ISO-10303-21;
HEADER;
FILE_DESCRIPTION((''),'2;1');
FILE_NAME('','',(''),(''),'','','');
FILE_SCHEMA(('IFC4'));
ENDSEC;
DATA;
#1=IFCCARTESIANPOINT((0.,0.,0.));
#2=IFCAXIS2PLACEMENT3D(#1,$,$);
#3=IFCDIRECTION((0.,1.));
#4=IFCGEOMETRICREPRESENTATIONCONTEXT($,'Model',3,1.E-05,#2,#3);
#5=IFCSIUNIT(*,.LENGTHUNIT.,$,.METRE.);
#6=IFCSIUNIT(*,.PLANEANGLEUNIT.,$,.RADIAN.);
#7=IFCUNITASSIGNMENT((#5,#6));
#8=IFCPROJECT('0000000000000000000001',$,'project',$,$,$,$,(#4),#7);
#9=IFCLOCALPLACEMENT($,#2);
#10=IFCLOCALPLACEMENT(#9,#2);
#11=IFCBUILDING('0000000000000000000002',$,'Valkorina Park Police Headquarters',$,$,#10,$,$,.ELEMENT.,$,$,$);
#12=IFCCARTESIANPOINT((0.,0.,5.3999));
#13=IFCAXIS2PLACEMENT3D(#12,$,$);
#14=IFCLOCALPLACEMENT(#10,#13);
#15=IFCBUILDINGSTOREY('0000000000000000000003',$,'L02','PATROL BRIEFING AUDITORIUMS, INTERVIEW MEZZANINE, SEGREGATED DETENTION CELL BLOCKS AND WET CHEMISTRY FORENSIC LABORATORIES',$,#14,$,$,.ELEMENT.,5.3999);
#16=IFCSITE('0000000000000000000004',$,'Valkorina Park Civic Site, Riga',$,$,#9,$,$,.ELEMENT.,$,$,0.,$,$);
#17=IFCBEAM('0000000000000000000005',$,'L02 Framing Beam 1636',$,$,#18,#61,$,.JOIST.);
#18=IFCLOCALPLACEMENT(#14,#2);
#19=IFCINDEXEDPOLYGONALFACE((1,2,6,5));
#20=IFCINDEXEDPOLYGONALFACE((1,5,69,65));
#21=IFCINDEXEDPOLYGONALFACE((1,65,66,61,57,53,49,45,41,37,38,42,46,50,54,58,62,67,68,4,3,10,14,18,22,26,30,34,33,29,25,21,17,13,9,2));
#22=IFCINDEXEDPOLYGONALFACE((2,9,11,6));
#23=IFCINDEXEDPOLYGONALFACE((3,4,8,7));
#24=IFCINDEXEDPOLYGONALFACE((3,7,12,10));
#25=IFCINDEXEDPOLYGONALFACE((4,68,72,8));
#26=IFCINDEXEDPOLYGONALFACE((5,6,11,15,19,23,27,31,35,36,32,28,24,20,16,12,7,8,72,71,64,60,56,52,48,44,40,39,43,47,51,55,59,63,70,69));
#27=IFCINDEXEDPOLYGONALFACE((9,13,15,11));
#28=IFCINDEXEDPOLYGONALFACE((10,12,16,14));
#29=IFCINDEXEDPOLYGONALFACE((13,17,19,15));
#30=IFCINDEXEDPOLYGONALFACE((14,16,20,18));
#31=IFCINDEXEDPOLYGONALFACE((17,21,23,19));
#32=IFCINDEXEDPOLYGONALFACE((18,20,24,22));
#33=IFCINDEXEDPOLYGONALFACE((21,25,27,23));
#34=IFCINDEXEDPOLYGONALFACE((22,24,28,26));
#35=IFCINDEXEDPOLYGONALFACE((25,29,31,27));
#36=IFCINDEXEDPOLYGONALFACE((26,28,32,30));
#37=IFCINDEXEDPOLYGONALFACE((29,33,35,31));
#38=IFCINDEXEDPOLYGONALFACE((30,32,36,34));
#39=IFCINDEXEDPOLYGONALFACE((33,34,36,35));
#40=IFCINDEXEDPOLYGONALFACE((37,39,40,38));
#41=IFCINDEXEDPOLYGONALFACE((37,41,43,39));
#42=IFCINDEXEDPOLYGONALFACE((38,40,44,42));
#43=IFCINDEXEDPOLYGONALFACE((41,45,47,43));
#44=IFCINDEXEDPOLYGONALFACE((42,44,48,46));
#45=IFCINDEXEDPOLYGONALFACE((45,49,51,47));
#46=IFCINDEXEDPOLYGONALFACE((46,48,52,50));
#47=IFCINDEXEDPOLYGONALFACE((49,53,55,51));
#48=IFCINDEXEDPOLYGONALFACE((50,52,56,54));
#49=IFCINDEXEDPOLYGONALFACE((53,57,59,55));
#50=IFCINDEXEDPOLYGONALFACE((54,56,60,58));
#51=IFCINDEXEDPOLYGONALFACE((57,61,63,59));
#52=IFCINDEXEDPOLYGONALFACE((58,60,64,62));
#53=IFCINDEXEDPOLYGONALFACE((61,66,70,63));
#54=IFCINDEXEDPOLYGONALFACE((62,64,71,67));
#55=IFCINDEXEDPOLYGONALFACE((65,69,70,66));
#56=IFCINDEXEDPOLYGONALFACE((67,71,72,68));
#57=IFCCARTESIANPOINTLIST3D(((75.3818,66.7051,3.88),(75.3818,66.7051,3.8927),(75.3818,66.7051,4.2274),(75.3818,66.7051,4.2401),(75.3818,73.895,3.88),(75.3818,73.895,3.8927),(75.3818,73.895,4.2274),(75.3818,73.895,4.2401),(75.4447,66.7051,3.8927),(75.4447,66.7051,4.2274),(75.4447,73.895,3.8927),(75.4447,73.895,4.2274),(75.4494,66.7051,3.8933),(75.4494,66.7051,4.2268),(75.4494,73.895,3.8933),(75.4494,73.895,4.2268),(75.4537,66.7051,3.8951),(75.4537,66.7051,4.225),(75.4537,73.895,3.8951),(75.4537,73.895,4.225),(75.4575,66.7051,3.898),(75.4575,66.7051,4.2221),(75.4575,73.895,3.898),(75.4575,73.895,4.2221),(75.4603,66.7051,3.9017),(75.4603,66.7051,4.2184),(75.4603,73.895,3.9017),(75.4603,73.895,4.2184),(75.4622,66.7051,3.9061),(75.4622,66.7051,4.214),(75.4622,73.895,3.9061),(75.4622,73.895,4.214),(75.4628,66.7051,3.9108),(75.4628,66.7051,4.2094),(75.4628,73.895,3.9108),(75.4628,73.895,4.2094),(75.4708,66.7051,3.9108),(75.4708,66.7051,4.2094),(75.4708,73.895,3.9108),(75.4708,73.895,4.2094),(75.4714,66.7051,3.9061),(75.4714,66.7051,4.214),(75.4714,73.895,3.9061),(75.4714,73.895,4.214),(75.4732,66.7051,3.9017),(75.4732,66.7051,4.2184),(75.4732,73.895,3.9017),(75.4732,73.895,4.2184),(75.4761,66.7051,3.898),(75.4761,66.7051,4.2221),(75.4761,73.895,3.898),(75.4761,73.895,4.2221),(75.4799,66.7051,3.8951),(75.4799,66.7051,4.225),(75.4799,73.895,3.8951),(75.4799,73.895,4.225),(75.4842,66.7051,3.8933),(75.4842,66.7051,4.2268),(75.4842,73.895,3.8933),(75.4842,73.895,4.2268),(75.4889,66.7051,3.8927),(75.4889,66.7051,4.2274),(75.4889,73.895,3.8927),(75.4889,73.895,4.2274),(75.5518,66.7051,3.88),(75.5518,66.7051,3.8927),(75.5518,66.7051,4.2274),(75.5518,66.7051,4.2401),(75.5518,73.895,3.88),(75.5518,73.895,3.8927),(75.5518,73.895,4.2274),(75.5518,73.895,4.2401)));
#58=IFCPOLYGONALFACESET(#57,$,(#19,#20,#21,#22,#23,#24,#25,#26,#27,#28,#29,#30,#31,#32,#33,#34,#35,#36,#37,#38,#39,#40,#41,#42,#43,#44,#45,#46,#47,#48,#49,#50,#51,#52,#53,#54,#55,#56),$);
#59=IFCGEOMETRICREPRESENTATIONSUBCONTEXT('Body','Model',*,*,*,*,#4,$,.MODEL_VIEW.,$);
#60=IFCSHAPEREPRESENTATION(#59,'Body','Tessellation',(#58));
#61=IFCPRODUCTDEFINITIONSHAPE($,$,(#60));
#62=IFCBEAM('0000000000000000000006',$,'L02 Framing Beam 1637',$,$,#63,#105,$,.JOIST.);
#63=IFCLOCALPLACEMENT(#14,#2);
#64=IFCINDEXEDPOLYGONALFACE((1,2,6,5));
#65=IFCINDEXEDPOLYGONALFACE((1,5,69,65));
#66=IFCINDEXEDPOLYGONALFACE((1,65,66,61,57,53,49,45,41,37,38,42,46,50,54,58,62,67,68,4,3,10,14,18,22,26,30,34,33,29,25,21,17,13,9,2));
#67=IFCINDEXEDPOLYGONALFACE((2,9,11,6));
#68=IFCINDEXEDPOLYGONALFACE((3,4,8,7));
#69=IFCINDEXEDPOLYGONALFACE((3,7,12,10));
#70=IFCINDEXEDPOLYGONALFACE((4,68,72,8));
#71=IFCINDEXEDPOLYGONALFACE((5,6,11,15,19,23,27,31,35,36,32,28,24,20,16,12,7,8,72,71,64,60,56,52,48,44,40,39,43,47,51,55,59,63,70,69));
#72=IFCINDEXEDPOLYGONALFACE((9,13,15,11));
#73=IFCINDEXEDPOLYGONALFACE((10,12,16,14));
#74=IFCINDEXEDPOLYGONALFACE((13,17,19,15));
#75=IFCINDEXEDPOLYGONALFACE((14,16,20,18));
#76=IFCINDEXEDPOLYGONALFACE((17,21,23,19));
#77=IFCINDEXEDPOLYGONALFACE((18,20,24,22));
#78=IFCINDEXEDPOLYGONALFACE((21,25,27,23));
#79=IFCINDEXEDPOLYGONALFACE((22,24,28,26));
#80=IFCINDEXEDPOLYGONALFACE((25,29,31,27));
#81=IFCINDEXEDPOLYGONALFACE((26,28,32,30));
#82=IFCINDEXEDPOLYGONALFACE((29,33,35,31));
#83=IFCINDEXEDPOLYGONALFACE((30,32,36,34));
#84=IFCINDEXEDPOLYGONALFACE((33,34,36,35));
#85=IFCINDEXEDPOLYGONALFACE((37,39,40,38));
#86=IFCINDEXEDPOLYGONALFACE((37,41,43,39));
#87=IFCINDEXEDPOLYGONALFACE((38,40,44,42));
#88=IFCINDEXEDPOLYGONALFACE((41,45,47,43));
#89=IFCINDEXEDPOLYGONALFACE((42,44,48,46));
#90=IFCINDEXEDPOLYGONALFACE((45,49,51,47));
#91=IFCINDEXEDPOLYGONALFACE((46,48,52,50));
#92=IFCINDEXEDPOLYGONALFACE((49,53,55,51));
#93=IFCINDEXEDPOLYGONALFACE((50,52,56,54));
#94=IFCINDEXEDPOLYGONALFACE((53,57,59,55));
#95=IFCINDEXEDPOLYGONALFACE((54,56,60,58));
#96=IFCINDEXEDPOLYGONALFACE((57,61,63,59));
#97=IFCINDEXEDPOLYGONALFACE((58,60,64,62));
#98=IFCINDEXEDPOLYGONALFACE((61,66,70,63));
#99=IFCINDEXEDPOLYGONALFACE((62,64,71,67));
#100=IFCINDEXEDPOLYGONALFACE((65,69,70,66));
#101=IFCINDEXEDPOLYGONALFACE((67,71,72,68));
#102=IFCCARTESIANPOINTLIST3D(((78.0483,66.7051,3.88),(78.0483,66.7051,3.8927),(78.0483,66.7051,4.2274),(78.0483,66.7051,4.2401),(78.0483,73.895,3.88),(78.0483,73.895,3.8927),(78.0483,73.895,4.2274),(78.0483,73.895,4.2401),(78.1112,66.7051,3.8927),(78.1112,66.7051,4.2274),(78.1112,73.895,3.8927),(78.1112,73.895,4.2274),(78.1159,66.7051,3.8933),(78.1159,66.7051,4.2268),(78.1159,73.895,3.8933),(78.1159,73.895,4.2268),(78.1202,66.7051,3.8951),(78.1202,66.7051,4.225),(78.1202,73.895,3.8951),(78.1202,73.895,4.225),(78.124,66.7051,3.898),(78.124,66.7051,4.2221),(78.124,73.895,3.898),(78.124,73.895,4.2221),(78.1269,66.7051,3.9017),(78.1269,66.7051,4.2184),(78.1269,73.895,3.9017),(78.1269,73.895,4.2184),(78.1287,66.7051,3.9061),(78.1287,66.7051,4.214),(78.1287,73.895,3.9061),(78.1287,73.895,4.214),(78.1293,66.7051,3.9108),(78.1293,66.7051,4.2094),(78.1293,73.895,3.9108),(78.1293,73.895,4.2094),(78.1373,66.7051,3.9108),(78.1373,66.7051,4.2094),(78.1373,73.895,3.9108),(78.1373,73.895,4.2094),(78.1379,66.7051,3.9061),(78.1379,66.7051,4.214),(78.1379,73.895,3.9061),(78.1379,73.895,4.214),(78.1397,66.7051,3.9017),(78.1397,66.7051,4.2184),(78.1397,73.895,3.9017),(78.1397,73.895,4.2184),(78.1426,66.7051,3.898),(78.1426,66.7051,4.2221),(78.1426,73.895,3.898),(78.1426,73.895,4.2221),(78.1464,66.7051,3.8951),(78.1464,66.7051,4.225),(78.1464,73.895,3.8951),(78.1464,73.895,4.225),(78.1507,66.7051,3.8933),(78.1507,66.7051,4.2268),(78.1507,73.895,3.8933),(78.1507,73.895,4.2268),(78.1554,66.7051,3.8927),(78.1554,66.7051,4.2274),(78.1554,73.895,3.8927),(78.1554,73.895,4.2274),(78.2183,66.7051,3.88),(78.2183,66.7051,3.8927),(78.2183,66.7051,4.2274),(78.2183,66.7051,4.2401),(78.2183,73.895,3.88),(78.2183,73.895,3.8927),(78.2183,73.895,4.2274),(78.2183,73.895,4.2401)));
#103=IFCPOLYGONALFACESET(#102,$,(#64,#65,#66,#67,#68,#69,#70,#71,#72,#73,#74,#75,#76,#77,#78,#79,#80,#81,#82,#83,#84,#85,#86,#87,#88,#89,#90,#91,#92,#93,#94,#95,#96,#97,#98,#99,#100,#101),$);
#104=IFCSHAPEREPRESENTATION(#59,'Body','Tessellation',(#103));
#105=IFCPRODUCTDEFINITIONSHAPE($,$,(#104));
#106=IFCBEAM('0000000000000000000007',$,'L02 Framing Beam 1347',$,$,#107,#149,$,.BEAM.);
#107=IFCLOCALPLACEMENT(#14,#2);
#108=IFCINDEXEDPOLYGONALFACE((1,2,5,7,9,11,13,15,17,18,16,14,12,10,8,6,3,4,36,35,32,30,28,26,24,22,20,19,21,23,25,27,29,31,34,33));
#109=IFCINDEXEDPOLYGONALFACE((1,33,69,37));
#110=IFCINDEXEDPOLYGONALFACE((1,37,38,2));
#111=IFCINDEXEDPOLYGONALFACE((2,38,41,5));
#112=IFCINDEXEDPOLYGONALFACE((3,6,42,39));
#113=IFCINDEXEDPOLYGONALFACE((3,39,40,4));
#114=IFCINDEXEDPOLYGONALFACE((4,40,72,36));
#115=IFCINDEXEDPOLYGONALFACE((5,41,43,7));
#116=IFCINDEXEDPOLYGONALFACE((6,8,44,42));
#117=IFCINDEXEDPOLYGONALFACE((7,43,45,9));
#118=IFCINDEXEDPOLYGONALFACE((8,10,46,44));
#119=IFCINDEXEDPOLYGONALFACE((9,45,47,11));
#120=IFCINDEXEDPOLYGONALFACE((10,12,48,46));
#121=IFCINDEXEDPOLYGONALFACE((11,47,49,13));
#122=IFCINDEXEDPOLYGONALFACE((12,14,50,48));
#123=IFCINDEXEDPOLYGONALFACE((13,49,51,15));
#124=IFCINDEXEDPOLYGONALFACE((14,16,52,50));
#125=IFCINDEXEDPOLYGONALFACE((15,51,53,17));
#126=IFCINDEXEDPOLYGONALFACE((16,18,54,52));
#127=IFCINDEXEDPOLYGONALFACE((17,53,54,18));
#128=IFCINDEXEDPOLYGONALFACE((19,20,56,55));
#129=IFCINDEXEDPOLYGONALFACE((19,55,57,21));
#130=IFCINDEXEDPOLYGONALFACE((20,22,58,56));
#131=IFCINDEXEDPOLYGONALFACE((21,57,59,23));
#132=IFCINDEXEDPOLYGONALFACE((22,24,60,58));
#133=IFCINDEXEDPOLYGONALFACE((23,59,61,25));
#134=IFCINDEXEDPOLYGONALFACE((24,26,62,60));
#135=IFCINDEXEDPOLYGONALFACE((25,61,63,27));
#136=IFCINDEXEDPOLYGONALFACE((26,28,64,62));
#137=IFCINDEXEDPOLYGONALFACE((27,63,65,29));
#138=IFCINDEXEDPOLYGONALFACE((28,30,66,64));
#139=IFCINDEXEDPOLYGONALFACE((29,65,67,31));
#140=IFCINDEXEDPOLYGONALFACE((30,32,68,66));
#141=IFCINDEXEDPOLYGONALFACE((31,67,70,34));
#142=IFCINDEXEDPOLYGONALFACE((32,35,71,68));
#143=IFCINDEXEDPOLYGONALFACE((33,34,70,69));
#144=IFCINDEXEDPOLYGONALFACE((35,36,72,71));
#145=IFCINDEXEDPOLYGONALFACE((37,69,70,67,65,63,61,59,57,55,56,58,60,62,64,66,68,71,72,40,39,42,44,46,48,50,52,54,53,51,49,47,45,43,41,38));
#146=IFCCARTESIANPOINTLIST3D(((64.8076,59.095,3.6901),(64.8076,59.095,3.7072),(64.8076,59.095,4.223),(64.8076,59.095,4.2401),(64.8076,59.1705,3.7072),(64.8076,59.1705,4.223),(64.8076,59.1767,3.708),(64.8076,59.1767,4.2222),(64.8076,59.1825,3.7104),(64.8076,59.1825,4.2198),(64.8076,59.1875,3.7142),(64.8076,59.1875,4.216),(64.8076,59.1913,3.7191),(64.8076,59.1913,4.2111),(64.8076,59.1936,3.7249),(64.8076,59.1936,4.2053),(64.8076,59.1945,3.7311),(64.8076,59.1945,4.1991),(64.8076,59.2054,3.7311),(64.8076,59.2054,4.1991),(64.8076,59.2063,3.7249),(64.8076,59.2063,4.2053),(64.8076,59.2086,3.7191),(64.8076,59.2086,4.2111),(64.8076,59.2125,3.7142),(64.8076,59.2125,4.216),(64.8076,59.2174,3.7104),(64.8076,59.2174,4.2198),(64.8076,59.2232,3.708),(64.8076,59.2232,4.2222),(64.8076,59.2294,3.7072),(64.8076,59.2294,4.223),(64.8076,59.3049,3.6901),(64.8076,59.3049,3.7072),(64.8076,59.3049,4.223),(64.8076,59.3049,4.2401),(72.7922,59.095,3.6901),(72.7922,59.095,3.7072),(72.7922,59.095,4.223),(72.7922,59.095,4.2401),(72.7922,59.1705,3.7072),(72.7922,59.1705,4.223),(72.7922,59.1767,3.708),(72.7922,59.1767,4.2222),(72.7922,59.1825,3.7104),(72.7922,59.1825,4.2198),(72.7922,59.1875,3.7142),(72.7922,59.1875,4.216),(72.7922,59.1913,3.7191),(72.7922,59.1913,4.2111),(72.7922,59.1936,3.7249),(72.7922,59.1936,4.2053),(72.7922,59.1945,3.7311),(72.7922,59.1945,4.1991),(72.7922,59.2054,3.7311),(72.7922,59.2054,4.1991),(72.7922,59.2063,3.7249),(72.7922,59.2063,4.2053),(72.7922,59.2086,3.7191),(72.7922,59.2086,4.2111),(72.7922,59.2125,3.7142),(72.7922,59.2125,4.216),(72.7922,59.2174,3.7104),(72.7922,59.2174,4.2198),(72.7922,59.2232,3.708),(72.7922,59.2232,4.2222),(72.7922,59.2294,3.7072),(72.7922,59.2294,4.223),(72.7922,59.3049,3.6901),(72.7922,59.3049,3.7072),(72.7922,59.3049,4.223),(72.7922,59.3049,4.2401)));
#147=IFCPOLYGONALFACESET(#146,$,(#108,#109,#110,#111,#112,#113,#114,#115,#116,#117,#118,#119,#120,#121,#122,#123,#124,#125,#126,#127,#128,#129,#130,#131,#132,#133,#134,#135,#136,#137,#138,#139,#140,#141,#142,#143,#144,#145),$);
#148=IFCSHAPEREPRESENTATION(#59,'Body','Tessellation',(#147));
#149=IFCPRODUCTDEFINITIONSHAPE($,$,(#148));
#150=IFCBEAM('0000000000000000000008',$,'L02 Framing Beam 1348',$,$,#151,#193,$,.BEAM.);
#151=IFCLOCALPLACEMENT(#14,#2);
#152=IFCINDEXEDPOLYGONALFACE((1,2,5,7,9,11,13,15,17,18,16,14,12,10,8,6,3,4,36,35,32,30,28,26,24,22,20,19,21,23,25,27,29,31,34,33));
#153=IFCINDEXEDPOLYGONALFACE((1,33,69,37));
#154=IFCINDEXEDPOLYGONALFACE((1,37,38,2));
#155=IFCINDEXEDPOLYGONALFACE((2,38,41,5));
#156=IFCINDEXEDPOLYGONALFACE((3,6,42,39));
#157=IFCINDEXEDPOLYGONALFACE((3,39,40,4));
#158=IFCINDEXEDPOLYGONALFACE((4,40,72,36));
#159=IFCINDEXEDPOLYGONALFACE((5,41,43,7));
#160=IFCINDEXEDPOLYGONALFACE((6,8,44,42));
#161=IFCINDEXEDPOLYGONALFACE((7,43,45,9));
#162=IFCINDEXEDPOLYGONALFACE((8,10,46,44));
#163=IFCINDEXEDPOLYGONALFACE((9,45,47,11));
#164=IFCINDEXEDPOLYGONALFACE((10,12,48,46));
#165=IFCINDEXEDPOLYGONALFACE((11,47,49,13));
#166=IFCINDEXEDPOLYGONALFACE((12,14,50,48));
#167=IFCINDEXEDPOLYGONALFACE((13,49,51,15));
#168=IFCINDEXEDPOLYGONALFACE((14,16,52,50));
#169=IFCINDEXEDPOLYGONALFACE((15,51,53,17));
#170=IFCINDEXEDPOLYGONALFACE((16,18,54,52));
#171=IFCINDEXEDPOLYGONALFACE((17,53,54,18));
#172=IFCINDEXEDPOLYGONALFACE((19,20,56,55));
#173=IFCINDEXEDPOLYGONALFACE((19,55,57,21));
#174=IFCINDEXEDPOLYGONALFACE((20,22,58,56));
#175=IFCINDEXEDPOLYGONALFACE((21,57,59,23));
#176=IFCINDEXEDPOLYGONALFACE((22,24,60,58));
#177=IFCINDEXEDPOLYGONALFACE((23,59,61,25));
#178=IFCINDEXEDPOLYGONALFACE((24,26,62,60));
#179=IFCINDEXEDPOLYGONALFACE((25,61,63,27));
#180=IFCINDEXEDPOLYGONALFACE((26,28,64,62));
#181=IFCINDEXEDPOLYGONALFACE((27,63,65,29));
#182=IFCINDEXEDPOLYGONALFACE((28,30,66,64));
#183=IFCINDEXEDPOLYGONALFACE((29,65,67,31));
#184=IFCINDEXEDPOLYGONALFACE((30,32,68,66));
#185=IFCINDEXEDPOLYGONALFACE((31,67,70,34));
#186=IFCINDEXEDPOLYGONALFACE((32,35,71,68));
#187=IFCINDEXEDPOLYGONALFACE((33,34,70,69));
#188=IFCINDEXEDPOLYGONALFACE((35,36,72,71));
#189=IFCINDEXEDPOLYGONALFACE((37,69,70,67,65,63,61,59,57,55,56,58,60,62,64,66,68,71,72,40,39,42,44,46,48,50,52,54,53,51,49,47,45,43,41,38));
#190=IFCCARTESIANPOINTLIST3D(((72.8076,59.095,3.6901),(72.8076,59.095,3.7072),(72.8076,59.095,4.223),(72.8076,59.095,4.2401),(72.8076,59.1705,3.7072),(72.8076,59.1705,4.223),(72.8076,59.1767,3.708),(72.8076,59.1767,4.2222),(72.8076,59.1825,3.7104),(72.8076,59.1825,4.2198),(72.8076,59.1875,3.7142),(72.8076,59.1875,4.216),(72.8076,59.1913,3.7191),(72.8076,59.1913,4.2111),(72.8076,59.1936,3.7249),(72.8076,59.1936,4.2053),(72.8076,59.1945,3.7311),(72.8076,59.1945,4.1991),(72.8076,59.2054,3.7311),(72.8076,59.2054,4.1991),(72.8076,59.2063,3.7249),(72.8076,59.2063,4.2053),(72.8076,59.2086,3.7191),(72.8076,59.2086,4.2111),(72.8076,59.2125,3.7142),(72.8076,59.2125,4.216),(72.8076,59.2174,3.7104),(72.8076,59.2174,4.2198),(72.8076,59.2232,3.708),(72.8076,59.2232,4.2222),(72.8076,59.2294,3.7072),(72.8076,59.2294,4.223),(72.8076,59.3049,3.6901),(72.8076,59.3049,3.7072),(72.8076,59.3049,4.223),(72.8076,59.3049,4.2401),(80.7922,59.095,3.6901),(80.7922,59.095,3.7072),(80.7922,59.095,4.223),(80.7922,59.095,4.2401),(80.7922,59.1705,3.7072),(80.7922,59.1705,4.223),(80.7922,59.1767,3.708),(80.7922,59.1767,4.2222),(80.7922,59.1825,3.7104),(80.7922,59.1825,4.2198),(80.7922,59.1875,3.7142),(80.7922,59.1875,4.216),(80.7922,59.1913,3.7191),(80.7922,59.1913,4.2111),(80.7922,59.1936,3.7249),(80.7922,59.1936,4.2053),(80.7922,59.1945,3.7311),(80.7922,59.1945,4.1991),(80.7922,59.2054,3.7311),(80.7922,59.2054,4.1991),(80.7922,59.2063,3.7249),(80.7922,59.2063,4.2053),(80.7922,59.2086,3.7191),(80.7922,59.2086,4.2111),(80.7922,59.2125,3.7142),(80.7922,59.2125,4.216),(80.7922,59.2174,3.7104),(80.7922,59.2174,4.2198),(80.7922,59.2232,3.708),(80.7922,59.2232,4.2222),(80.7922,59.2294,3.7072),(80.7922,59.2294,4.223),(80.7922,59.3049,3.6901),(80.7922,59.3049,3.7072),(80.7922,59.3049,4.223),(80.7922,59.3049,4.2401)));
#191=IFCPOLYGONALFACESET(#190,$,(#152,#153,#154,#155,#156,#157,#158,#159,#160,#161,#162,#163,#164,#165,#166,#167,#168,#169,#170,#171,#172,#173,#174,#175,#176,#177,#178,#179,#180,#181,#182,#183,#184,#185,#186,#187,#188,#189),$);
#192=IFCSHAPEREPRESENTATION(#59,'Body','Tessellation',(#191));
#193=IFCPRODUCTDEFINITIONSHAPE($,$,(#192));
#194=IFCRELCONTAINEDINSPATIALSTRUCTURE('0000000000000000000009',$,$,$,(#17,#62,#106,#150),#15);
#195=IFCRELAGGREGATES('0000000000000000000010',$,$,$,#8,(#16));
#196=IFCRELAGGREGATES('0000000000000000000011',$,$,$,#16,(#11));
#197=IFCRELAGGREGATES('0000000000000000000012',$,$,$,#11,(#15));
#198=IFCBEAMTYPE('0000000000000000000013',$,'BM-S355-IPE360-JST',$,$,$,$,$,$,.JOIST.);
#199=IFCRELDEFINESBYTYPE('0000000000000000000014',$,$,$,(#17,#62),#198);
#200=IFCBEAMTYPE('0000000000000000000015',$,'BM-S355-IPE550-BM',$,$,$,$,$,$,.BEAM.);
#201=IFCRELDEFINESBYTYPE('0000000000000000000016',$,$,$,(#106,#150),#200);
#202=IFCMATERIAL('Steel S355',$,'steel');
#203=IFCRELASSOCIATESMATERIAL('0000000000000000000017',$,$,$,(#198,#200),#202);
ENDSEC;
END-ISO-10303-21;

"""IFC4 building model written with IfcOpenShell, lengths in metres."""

from ifc_helpers import new_model, si_unit, direction, frame, origin, origin_2d, place, context, subcontext, project, spatial, i_section, extrude, material, material_profile, profile_set, type_object, element, save


model = new_model("IFC4")

# Units and contexts
model_context = context("Model", 3, precision=1e-05, world=origin(), true_north=direction((0.0, 1.0)))
body_context = subcontext(model_context, "Body", "Model", "MODEL_VIEW")
ifc_project = project(units=[si_unit("LENGTHUNIT", "METRE"), si_unit("PLANEANGLEUNIT", "RADIAN")], contexts=[model_context])

# Site, building, storey
site_placement = place(None, origin())
site = spatial("IfcSite", under=ifc_project, at=site_placement, Name="Valkorina Park Civic Site, Riga", CompositionType="ELEMENT", RefElevation=0.0)
building_placement = place(site_placement, origin())
building = spatial("IfcBuilding", under=site, at=building_placement, Name="Valkorina Park Police Headquarters", CompositionType="ELEMENT")
storey_placement = place(building_placement, frame((0.0, 0.0, 5.3999)))
storey = spatial("IfcBuildingStorey", under=building, at=storey_placement, Name="L02", Description="PATROL BRIEFING AUDITORIUMS, INTERVIEW MEZZANINE, SEGREGATED DETENTION CELL BLOCKS AND WET CHEMISTRY FORENSIC LABORATORIES", CompositionType="ELEMENT", Elevation=5.3999)

# Shared definitions
ifc_material = material(Name="Steel S355", Category="steel")

# Beams
ifc_material_profile_1 = material_profile(ifc_material, i_section(OverallWidth=0.1699, OverallDepth=0.3601, WebThickness=0.0081, FlangeThickness=0.0127, FilletRadius=0.0181, at=origin_2d()), Name="IPE 360")
ifc_profile_set_1 = profile_set([ifc_material_profile_1], Name="Steel S355")
beam_type_1 = type_object("IfcBeamType", Name="BM-S355-IPE360-JST", PredefinedType="JOIST", material=ifc_profile_set_1)
for number, where, z_axis, x_axis, name in (
    (1, (75.4668, 66.7051, 4.0601), (0.0, 1.0, 0.0), (-1.0, 0.0, 0.0), "L02 Framing Beam 1636"),
    (2, (78.1333, 66.7051, 4.0601), (0.0, 1.0, 0.0), (-1.0, 0.0, 0.0), "L02 Framing Beam 1637"),
):
    element("IfcBeam", number, at=place(storey_placement, frame(where, z_axis=z_axis, x_axis=x_axis)), inside=storey, type_object=beam_type_1, Name=name, PredefinedType="JOIST", context=body_context, shape_type="SweptSolid", body=[
        extrude(i_section(OverallWidth=0.1699, OverallDepth=0.3601, WebThickness=0.0081, FlangeThickness=0.0127, FilletRadius=0.0181, at=origin_2d()), origin(), (0.0, 0.0, 1.0), 7.1899),
    ])
ifc_material_profile_2 = material_profile(ifc_material, i_section(OverallWidth=0.21, OverallDepth=0.55, WebThickness=0.011, FlangeThickness=0.0171, FilletRadius=0.0239, at=origin_2d()), Name="IPE 550")
ifc_profile_set_2 = profile_set([ifc_material_profile_2], Name="Steel S355")
beam_type_2 = type_object("IfcBeamType", Name="BM-S355-IPE550-BM", PredefinedType="BEAM", material=ifc_profile_set_2)
for number, where, z_axis, x_axis, name in (
    (3, (64.8076, 59.2, 3.9651), (1.0, 0.0, 0.0), (0.0, 1.0, 0.0), "L02 Framing Beam 1347"),
    (4, (72.8076, 59.2, 3.9651), (1.0, 0.0, 0.0), (0.0, 1.0, 0.0), "L02 Framing Beam 1348"),
):
    element("IfcBeam", number, at=place(storey_placement, frame(where, z_axis=z_axis, x_axis=x_axis)), inside=storey, type_object=beam_type_2, Name=name, PredefinedType="BEAM", context=body_context, shape_type="SweptSolid", body=[
        extrude(i_section(OverallWidth=0.21, OverallDepth=0.55, WebThickness=0.011, FlangeThickness=0.0171, FilletRadius=0.0239, at=origin_2d()), origin(), (0.0, 0.0, 1.0), 7.9846),
    ])

save(model, "model.ifc")
